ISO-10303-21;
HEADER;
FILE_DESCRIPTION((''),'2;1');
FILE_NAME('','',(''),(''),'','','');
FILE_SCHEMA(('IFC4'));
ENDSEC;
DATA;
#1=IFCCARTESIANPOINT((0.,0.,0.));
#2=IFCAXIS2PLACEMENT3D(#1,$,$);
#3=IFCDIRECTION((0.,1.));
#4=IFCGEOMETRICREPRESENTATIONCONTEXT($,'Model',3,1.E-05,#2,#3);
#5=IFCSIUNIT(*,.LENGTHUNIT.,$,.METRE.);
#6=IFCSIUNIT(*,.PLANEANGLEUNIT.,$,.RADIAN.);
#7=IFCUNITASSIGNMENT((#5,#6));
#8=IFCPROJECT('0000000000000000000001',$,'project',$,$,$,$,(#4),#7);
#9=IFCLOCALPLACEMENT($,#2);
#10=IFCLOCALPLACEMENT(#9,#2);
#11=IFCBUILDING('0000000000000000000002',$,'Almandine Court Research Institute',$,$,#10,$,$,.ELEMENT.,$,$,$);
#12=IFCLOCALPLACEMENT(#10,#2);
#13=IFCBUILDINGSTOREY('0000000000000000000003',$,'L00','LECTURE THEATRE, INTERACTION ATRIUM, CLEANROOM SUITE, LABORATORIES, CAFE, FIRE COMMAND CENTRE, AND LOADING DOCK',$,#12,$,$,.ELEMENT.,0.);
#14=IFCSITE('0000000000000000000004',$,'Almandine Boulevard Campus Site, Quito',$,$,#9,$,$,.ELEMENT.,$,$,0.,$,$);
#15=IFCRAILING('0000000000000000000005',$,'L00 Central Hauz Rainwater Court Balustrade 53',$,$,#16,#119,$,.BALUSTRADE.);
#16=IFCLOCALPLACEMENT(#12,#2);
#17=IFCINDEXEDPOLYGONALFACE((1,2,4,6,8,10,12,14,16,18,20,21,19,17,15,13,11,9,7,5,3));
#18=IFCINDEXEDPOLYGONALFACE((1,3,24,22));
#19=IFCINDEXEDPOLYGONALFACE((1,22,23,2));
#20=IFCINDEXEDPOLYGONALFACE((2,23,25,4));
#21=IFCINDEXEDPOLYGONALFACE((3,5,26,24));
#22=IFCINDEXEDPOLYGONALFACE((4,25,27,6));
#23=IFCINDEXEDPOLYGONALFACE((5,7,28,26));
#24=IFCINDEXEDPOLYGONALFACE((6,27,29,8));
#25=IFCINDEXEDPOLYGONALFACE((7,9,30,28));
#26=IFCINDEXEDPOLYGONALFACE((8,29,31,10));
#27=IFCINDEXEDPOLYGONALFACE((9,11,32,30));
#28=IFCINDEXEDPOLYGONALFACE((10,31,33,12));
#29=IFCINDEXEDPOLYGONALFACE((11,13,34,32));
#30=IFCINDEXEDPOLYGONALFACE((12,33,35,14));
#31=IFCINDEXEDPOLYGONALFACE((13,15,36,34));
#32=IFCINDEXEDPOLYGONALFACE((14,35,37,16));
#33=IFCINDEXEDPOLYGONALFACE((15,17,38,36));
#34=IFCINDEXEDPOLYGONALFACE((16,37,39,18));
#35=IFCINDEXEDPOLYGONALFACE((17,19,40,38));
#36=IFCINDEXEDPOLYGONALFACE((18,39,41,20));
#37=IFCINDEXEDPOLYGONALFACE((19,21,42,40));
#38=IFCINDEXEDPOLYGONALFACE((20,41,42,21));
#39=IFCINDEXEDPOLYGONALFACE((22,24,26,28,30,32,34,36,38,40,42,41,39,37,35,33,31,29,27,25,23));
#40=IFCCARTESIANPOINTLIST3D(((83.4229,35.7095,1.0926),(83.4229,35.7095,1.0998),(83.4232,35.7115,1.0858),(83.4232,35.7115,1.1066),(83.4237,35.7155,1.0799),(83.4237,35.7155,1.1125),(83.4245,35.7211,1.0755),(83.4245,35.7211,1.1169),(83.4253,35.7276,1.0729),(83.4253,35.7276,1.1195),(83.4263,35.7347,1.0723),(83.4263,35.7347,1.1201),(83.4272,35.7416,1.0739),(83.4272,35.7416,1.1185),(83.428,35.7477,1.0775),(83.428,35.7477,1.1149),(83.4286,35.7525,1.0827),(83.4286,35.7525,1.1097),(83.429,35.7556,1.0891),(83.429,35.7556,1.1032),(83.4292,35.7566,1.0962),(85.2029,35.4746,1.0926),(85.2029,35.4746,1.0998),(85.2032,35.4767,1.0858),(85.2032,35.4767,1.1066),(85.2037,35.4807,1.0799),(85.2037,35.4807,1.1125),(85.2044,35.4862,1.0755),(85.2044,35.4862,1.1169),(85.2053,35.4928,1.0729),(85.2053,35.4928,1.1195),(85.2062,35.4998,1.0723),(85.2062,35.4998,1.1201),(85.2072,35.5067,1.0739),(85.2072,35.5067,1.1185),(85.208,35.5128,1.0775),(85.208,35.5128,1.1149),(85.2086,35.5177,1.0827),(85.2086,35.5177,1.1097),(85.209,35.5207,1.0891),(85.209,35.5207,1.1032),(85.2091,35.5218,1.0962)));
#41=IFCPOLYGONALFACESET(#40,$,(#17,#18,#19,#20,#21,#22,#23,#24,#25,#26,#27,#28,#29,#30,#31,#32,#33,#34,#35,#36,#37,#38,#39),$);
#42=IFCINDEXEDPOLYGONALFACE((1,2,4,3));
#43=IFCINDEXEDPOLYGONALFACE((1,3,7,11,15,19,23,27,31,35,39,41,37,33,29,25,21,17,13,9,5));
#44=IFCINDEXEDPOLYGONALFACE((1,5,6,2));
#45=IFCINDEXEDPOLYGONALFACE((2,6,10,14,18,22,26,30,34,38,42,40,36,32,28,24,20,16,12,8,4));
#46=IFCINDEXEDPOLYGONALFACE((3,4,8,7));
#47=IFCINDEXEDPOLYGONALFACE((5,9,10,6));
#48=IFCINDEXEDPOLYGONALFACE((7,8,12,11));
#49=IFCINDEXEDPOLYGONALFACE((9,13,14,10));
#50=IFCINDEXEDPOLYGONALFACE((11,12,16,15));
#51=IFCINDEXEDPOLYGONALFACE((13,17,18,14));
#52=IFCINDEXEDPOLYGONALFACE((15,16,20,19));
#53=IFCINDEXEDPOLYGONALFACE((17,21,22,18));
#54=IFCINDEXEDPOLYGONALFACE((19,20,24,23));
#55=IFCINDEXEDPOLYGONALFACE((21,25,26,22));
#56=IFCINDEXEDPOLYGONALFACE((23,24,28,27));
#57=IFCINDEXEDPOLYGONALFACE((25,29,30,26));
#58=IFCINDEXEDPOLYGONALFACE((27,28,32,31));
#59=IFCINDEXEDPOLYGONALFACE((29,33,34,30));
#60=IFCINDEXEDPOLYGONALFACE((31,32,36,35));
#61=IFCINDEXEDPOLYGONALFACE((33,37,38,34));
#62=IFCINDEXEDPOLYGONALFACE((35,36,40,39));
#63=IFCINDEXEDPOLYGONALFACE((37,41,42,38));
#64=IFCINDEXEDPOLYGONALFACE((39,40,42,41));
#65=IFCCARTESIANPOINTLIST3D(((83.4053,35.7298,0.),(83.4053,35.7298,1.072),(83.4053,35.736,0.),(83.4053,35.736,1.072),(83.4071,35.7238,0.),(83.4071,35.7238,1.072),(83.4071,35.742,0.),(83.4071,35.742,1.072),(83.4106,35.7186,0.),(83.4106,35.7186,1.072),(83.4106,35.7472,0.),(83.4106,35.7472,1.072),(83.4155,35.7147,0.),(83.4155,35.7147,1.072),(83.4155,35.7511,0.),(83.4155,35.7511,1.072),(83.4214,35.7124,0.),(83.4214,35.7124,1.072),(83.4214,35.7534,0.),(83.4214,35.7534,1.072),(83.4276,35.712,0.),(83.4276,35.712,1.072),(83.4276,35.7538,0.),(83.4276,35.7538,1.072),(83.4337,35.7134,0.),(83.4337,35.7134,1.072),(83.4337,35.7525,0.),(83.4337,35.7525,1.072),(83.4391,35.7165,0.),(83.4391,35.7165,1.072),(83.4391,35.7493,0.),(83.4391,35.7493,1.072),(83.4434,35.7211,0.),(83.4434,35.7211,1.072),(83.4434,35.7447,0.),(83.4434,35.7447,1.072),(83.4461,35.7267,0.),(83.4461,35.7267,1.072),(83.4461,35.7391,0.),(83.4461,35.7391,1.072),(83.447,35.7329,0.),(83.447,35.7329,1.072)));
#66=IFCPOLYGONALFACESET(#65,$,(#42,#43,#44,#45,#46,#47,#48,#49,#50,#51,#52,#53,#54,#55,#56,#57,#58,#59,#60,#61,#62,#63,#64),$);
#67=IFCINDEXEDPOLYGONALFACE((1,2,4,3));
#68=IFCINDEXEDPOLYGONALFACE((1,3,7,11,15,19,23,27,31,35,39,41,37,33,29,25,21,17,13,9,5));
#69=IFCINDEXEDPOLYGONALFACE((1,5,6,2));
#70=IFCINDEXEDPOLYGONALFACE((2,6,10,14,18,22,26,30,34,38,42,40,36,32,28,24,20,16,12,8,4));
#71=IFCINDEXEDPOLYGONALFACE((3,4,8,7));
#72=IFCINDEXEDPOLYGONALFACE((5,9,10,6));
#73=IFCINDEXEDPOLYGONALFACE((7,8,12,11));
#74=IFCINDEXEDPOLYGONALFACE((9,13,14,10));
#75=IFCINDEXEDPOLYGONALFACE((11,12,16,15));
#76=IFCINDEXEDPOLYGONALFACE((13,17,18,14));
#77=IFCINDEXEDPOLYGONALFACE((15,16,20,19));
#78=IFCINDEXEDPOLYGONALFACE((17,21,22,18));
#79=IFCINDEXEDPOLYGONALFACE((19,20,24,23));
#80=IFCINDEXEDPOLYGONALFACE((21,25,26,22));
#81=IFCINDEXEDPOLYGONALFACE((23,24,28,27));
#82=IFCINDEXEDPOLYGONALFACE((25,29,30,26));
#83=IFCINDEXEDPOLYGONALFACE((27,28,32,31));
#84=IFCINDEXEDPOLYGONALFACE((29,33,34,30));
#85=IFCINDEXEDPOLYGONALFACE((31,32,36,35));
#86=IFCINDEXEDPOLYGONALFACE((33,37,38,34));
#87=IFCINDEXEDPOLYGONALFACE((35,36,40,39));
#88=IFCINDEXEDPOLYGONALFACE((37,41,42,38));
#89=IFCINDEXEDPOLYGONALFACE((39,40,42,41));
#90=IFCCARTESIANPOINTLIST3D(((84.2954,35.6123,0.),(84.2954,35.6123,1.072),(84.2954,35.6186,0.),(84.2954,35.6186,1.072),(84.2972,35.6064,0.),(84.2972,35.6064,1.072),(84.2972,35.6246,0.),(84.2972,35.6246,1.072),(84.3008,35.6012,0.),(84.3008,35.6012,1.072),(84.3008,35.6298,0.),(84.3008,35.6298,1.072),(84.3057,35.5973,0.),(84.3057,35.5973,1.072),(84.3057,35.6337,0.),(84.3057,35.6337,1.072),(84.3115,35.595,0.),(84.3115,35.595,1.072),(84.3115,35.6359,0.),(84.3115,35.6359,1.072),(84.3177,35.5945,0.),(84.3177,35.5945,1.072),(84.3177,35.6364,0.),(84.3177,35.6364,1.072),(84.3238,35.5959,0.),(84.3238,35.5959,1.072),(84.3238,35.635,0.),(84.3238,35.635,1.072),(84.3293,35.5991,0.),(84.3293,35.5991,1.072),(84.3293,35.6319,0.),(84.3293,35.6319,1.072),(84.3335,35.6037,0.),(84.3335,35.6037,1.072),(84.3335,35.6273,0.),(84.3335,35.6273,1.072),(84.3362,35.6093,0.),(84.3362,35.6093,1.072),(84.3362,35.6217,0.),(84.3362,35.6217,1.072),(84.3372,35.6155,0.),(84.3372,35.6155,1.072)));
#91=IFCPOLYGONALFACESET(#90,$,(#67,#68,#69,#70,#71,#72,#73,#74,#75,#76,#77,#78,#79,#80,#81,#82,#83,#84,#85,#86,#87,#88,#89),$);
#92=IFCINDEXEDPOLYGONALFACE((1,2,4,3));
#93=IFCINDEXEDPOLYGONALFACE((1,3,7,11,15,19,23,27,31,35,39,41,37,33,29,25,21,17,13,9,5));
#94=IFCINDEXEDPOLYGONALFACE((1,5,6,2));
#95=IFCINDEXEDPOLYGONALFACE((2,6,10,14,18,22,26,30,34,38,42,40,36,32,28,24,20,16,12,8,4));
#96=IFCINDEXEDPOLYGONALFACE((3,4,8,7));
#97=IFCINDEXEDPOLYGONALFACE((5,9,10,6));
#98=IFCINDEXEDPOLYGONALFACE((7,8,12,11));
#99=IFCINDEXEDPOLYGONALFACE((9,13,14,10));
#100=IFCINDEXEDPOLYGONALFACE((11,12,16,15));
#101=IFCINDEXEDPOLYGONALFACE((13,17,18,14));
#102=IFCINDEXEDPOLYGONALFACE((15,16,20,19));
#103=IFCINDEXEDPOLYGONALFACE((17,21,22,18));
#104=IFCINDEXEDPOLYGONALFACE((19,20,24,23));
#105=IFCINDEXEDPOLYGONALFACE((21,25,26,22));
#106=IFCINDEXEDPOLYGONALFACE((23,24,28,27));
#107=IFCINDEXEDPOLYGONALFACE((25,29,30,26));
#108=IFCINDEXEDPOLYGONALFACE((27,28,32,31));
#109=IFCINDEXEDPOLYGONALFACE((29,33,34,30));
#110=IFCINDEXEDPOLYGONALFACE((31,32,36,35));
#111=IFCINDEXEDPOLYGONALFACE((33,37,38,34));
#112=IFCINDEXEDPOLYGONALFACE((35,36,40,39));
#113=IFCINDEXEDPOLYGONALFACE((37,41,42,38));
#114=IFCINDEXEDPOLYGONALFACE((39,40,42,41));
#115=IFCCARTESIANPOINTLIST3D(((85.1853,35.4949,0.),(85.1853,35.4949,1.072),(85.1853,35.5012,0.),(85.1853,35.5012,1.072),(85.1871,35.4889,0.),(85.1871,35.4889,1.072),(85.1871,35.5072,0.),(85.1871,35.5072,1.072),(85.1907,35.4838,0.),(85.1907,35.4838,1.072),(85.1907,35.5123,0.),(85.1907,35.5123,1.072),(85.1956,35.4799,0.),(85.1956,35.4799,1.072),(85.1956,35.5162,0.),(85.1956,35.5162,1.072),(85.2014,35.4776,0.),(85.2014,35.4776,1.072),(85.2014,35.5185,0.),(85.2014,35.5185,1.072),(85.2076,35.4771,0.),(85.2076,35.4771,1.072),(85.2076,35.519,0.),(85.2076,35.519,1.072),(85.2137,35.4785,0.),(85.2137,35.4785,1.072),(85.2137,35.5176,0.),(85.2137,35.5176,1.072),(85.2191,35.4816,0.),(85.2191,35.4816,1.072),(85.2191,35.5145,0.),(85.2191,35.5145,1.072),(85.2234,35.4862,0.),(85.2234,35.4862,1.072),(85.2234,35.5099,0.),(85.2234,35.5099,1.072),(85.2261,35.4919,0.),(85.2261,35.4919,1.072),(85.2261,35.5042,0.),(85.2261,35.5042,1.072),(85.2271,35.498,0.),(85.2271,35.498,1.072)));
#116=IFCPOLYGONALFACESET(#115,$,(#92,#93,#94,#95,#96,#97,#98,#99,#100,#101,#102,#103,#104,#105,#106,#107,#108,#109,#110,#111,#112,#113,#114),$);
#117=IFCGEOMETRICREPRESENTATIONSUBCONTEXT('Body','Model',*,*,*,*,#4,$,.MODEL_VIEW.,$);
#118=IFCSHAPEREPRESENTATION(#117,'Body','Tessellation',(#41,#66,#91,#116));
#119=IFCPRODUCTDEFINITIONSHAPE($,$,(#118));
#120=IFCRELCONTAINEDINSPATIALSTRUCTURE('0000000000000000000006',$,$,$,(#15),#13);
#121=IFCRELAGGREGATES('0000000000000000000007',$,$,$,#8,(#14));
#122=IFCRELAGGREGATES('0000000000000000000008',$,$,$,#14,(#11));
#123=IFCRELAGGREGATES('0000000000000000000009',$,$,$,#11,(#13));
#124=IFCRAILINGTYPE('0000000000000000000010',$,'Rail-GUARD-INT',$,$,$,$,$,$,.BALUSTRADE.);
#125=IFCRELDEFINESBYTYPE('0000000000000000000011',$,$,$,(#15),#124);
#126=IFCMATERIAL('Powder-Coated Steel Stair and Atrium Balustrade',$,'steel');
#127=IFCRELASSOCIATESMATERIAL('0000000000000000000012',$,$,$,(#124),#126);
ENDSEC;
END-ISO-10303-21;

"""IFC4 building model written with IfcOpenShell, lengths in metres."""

from ifc_helpers import new_model, si_unit, direction, frame, origin, origin_2d, place, context, subcontext, project, spatial, circle, extrude, material, type_object, element, save


model = new_model("IFC4")

# Units and contexts
model_context = context("Model", 3, precision=1e-05, world=origin(), true_north=direction((0.0, 1.0)))
body_context = subcontext(model_context, "Body", "Model", "MODEL_VIEW")
ifc_project = project(units=[si_unit("LENGTHUNIT", "METRE"), si_unit("PLANEANGLEUNIT", "RADIAN")], contexts=[model_context])

# Site, building, storey
site_placement = place(None, origin())
site = spatial("IfcSite", under=ifc_project, at=site_placement, Name="Almandine Boulevard Campus Site, Quito", CompositionType="ELEMENT", RefElevation=0.0)
building_placement = place(site_placement, origin())
building = spatial("IfcBuilding", under=site, at=building_placement, Name="Almandine Court Research Institute", CompositionType="ELEMENT")
storey_placement = place(building_placement, origin())
storey = spatial("IfcBuildingStorey", under=building, at=storey_placement, Name="L00", Description="LECTURE THEATRE, INTERACTION ATRIUM, CLEANROOM SUITE, LABORATORIES, CAFE, FIRE COMMAND CENTRE, AND LOADING DOCK", CompositionType="ELEMENT", Elevation=0.0)

# Railing
ifc_material_1 = material(Name="Powder-Coated Steel Stair and Atrium Balustrade", Category="steel")
railing_type = type_object("IfcRailingType", Name="Rail-GUARD-INT", PredefinedType="BALUSTRADE", material=ifc_material_1)
railing_1_placement = place(storey_placement, frame((83.426, 35.7329, 0.0)))
element("IfcRailing", 1, at=railing_1_placement, inside=storey, type_object=railing_type, Name="L00 Central Hauz Rainwater Court Balustrade 53", PredefinedType="BALUSTRADE", context=body_context, shape_type="SweptSolid", body=[
    extrude(circle(Radius=0.0239, at=origin_2d()), frame((0.0, 0.0, 1.0962), z_axis=(0.991407, -0.13081, 0.0), x_axis=(0.13081, 0.991407, 0.0)), (0.0, 0.0, 1.0), 1.7954),
    extrude(circle(Radius=0.021, at=origin_2d()), origin(), (0.0, 0.0, 1.0), 1.072),
    extrude(circle(Radius=0.021, at=origin_2d()), frame((0.8901, -0.1174, 0.0)), (0.0, 0.0, 1.0), 1.072),
    extrude(circle(Radius=0.021, at=origin_2d()), frame((1.78, -0.2349, 0.0)), (0.0, 0.0, 1.0), 1.072),
])

save(model, "model.ifc")
